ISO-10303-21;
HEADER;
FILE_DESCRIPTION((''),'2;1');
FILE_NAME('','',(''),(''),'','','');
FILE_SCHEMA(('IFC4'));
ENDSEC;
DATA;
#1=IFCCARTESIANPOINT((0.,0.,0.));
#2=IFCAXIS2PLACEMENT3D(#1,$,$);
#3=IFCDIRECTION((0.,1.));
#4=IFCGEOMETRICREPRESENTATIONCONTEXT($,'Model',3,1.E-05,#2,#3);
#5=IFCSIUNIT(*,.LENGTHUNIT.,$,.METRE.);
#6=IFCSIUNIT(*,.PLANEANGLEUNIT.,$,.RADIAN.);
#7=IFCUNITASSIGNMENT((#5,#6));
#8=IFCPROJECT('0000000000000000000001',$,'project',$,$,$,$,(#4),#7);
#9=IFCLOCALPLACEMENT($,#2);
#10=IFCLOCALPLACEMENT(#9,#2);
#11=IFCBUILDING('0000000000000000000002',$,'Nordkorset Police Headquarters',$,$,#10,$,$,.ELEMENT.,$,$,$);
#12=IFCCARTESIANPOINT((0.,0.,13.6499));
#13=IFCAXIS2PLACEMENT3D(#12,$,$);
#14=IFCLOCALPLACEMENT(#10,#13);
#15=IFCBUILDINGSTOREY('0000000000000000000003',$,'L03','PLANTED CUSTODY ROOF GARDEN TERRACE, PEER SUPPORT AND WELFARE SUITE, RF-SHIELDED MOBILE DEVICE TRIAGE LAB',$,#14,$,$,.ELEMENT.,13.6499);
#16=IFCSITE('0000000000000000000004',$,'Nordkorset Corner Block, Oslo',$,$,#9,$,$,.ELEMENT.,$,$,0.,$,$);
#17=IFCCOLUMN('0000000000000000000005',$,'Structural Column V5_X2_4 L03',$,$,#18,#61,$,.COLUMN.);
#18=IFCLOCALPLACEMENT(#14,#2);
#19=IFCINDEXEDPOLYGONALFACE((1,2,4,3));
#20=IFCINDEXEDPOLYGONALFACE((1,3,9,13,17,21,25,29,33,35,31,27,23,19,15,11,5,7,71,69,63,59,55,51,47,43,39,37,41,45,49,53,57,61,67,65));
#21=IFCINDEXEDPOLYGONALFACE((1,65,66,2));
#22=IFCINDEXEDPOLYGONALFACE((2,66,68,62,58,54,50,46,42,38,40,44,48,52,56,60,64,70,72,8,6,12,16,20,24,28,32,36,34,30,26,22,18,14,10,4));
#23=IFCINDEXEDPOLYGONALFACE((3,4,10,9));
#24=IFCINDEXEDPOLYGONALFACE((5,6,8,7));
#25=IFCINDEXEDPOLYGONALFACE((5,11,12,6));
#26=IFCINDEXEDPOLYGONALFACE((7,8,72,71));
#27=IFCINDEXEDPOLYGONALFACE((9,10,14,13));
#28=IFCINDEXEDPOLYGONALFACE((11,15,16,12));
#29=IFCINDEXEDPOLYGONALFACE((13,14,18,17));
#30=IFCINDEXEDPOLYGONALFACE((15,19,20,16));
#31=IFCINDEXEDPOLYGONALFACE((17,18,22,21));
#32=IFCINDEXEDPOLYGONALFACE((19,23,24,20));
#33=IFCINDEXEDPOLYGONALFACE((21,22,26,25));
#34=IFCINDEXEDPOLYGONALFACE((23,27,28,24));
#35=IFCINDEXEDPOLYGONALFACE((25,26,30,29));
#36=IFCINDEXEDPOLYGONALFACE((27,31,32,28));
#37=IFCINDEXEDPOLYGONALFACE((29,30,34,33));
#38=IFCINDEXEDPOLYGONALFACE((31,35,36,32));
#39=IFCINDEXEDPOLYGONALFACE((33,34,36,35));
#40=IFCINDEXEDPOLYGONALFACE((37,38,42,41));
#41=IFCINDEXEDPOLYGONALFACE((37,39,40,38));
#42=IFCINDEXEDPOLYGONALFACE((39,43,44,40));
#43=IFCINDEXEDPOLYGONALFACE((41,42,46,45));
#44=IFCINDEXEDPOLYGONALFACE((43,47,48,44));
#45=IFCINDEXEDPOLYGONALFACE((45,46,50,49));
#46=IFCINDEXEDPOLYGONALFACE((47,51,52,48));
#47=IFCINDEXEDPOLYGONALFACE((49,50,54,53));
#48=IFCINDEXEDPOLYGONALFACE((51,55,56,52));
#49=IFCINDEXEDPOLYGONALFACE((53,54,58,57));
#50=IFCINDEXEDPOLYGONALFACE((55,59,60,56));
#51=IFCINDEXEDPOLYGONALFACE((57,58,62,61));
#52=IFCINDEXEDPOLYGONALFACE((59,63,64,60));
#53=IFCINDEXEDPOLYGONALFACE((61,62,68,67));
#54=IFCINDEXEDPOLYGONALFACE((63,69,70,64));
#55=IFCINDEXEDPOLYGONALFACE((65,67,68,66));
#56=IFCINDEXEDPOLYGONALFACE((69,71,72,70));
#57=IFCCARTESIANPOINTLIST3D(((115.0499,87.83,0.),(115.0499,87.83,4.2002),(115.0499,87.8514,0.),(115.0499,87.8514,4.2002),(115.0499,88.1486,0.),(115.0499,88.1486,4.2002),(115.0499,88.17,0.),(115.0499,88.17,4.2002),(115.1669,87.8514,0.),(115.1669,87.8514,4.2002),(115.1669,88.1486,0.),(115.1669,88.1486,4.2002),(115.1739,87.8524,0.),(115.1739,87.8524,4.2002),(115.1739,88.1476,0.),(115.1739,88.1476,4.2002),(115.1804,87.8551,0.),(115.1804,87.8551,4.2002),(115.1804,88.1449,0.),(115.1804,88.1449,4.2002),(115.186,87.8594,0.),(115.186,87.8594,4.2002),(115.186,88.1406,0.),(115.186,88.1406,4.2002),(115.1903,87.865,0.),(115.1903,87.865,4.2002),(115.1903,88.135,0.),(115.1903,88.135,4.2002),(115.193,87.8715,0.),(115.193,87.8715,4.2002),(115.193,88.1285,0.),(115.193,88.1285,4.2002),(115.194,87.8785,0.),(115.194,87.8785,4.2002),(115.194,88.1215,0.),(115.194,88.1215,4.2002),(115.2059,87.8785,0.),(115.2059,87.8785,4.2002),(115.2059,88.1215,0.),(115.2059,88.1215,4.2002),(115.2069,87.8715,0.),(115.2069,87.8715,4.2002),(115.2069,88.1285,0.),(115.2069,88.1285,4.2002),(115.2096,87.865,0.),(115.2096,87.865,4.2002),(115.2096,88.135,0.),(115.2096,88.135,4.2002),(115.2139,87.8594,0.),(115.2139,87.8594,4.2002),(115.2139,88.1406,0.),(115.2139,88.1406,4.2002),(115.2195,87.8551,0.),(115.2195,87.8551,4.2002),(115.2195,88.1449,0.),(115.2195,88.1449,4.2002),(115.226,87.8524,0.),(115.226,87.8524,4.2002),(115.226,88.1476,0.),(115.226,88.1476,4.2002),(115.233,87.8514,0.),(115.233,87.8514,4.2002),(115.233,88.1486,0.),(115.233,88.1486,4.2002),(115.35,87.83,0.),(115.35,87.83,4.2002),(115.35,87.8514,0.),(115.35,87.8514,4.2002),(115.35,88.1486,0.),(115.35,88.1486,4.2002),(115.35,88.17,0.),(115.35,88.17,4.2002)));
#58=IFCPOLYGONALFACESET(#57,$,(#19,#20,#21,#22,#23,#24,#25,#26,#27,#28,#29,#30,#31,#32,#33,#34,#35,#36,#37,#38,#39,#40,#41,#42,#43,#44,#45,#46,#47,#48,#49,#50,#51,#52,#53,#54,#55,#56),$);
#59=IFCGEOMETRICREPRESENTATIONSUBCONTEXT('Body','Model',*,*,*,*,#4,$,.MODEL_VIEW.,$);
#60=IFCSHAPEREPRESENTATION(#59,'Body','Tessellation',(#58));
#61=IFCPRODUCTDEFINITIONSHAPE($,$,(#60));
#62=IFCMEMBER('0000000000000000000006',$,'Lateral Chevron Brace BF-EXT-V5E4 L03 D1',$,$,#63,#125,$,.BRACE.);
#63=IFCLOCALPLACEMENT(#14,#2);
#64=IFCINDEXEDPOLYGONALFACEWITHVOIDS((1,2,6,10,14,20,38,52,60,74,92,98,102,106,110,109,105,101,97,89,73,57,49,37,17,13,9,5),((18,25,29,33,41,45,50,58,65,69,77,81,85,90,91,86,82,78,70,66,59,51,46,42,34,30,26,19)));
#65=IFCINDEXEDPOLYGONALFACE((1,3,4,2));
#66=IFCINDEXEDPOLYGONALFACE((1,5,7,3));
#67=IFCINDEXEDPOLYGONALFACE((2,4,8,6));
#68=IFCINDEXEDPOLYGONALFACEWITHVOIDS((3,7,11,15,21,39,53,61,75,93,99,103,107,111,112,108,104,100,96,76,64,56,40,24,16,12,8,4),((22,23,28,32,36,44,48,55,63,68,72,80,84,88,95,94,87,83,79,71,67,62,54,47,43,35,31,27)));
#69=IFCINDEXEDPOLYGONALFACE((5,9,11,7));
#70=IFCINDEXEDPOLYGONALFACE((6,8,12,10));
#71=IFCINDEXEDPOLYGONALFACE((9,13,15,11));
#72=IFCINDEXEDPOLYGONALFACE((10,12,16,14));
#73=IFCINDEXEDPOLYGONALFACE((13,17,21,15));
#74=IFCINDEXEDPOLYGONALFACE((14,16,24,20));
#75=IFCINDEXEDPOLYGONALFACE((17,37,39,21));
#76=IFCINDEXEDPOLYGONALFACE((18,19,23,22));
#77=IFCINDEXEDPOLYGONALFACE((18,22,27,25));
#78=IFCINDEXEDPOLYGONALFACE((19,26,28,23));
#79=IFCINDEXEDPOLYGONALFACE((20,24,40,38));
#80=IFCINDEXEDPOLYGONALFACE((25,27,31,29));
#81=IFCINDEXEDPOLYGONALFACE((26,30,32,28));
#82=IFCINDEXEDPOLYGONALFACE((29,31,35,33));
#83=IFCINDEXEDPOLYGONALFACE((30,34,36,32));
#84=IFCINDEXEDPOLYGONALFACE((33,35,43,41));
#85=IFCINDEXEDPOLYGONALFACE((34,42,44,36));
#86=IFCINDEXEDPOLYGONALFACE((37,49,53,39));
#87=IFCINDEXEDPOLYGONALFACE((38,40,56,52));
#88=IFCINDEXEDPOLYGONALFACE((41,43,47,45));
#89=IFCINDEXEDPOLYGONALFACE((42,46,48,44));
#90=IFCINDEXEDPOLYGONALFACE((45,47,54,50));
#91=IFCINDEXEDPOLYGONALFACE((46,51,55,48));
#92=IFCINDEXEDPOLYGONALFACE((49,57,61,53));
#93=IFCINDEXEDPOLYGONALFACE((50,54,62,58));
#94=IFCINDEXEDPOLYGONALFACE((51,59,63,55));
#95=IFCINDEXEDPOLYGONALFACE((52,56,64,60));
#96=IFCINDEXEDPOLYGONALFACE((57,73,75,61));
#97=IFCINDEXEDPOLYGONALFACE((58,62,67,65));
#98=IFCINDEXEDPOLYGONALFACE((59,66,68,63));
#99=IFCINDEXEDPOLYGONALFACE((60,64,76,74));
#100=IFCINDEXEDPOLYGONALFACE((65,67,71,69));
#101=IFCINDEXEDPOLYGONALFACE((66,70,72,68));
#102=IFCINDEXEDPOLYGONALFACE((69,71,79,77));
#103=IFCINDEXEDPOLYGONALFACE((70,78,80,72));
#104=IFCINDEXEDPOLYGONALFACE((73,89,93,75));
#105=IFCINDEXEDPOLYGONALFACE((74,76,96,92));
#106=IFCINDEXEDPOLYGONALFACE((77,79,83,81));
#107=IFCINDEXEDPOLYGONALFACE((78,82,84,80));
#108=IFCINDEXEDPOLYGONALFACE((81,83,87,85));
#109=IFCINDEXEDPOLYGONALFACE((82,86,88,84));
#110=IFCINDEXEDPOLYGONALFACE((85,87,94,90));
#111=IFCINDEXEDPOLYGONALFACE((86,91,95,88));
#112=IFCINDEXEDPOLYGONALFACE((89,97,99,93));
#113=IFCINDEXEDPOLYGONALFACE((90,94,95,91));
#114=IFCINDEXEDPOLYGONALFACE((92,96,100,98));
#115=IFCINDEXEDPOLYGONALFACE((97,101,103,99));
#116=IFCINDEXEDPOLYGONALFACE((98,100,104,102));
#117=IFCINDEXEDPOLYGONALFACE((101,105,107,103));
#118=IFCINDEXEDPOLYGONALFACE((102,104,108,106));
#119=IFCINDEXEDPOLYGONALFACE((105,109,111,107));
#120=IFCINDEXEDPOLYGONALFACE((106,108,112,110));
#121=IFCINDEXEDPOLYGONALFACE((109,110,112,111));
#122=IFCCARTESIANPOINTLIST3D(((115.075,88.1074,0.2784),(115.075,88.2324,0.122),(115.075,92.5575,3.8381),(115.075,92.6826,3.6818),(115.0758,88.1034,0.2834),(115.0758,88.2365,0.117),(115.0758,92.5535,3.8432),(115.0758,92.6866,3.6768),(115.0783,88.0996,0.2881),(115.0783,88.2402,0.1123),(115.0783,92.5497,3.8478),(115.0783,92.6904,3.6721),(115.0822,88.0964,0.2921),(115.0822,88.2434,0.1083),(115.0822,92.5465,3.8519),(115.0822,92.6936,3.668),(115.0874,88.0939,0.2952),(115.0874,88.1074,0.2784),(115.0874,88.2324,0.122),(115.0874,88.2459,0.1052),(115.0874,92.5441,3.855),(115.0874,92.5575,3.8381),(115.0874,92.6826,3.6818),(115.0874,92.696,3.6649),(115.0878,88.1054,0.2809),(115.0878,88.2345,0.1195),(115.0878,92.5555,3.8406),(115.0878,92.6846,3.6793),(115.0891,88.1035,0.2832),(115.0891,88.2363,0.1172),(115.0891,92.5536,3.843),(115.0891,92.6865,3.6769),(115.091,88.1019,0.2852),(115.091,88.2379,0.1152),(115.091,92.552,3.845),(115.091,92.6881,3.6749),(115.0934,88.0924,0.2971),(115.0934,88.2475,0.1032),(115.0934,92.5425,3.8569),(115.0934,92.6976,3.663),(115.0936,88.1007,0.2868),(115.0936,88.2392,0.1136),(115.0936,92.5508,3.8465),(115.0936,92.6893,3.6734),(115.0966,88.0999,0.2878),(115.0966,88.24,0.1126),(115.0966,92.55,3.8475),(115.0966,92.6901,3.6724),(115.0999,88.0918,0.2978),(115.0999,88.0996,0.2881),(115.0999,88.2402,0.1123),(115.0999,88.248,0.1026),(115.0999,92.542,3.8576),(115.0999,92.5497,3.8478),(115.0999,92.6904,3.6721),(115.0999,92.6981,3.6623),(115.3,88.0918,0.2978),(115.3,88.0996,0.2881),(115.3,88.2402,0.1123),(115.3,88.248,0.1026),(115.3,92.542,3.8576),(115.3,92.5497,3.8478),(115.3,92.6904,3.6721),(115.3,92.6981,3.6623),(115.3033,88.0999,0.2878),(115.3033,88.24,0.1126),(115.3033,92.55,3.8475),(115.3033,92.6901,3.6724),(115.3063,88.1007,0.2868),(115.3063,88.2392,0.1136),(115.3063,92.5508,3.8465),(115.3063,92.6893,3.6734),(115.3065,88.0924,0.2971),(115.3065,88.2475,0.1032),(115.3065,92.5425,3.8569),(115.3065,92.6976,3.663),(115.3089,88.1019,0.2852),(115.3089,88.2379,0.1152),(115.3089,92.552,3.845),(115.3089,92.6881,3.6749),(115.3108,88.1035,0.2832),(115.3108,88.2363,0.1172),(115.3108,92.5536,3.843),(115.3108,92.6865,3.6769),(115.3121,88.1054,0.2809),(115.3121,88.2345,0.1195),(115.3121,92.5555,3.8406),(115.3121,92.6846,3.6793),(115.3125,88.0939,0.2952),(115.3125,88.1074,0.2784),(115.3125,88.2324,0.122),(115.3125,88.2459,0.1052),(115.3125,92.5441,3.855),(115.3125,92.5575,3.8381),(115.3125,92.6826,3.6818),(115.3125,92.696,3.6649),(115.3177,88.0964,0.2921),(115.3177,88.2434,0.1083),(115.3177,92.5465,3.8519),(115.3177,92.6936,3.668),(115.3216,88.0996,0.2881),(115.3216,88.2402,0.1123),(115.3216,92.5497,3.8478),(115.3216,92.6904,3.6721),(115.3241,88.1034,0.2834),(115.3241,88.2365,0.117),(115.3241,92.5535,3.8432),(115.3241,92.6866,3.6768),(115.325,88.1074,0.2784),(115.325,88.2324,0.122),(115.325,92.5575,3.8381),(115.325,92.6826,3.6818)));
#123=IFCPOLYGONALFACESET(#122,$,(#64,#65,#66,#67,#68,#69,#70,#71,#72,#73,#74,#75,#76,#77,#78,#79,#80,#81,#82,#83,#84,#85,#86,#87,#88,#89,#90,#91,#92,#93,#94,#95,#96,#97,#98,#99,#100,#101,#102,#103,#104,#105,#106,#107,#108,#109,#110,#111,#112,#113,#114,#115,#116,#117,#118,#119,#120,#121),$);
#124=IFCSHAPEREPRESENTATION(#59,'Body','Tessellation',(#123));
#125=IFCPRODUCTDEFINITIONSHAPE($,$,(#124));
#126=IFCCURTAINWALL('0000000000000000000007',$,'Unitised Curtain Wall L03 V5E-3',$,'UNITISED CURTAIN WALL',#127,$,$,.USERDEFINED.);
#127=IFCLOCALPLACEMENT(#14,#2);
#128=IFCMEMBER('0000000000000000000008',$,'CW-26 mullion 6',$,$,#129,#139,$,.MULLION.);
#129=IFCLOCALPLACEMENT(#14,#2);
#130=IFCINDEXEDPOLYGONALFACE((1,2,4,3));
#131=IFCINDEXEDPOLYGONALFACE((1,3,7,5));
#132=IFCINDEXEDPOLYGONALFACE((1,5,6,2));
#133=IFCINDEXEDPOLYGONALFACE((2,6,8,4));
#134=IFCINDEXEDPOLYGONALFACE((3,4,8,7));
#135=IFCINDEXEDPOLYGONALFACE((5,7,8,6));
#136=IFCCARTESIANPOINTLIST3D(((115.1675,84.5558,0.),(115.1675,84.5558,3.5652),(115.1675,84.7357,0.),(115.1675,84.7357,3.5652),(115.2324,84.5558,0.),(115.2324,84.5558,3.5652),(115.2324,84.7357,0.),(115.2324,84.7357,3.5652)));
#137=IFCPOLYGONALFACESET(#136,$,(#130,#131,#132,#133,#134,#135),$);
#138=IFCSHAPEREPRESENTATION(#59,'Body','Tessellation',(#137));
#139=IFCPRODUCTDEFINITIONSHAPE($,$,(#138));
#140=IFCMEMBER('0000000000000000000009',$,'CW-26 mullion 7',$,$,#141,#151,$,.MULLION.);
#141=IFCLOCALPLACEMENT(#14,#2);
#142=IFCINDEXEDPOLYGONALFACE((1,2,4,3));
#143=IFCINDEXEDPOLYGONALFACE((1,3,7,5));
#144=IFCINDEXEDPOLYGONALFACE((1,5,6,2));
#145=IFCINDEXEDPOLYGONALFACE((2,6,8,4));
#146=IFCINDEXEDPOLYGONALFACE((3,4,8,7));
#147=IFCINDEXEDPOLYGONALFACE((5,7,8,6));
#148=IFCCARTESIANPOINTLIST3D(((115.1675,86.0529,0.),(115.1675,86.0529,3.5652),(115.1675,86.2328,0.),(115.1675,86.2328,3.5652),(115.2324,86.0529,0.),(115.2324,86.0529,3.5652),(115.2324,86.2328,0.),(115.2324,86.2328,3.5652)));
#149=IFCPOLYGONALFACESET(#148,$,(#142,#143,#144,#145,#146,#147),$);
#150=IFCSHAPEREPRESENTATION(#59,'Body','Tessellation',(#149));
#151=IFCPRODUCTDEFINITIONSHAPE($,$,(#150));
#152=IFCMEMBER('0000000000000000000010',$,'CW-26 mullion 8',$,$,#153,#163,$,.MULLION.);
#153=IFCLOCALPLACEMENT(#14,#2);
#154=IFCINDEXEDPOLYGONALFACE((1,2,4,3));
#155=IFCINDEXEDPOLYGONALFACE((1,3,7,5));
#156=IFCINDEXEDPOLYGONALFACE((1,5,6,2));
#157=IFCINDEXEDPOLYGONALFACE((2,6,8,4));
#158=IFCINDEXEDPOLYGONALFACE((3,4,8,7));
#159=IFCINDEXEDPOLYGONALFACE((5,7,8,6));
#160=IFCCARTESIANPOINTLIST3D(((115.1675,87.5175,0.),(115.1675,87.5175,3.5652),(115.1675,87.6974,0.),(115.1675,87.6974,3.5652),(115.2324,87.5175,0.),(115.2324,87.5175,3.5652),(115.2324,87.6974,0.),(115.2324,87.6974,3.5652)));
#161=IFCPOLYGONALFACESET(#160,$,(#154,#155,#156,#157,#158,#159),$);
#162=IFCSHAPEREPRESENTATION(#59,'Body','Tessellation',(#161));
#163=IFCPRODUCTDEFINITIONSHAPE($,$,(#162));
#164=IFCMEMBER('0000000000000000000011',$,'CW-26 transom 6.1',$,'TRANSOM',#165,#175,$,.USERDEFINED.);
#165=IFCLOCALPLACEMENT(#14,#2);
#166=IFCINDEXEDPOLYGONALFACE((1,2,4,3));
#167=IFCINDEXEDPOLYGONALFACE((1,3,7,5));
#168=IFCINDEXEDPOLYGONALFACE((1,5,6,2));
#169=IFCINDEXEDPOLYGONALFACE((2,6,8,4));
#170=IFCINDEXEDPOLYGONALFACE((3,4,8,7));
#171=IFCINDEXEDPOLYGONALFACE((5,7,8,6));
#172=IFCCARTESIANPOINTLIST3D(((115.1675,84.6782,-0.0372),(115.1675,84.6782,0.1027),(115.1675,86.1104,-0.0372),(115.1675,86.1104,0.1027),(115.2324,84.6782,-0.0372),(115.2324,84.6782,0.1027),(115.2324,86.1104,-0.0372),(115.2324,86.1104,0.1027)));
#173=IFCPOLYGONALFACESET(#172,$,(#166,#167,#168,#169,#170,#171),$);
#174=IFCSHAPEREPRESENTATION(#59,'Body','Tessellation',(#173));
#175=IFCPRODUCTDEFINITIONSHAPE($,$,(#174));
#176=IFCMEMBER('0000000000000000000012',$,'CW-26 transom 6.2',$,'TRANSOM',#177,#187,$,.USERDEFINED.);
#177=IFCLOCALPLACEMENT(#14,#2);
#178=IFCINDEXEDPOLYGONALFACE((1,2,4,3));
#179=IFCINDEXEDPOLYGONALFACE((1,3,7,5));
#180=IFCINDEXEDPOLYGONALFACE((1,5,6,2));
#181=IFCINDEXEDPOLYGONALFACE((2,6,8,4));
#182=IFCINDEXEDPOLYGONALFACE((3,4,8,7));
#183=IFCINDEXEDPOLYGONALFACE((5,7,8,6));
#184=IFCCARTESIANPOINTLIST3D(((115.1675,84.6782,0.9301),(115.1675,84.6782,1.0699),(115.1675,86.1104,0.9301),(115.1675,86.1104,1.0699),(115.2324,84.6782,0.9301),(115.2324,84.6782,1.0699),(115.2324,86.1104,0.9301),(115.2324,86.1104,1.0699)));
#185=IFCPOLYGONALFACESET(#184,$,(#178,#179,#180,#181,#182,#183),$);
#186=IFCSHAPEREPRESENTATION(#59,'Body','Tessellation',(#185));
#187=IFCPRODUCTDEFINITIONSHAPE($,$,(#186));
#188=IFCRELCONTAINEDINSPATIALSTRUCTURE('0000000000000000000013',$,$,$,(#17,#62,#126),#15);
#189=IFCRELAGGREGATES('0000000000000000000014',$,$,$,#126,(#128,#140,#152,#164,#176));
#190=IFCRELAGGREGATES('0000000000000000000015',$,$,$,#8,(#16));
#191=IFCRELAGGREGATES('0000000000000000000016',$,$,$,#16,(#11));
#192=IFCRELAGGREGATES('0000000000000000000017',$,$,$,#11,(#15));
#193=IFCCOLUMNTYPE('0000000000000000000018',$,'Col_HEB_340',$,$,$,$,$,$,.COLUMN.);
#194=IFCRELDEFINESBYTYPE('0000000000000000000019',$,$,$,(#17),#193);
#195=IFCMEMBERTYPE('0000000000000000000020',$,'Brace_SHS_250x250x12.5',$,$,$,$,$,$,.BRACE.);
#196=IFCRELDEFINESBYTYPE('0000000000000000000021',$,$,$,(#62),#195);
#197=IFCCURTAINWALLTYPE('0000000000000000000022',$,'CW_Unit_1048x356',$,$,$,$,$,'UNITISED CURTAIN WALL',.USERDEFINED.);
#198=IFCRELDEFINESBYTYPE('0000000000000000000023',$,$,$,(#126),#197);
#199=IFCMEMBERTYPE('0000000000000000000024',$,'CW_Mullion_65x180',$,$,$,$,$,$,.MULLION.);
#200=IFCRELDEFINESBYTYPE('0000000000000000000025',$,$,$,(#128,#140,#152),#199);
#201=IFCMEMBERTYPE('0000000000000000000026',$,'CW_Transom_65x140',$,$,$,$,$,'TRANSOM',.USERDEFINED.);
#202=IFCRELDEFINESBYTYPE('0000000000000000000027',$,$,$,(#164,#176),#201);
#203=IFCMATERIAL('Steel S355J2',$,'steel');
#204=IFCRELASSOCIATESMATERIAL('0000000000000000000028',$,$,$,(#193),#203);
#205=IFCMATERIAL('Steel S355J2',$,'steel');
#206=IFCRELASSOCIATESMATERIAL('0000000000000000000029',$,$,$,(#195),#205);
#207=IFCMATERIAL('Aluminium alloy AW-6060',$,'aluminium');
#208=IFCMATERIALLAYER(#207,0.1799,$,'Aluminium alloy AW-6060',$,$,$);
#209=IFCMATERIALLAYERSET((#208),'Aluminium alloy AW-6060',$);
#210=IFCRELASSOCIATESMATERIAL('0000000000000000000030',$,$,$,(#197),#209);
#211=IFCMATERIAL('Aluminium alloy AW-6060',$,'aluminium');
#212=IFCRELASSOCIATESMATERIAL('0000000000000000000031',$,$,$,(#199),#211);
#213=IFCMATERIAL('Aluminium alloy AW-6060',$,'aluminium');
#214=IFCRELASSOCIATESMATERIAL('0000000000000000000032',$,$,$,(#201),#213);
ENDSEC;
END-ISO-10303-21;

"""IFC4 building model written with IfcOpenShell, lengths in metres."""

from ifc_helpers import new_model, si_unit, direction, frame, origin, origin_2d, place, context, subcontext, project, spatial, rectangle, hollow_rectangle, i_section, extrude, material, layer, layer_set, material_profile, profile_set, type_object, element, aggregate, save


model = new_model("IFC4")

# Units and contexts
model_context = context("Model", 3, precision=1e-05, world=origin(), true_north=direction((0.0, 1.0)))
body_context = subcontext(model_context, "Body", "Model", "MODEL_VIEW")
ifc_project = project(units=[si_unit("LENGTHUNIT", "METRE"), si_unit("PLANEANGLEUNIT", "RADIAN")], contexts=[model_context])

# Site, building, storey
site_placement = place(None, origin())
site = spatial("IfcSite", under=ifc_project, at=site_placement, Name="Nordkorset Corner Block, Oslo", CompositionType="ELEMENT", RefElevation=0.0)
building_placement = place(site_placement, origin())
building = spatial("IfcBuilding", under=site, at=building_placement, Name="Nordkorset Police Headquarters", CompositionType="ELEMENT")
storey_placement = place(building_placement, frame((0.0, 0.0, 13.6499)))
storey = spatial("IfcBuildingStorey", under=building, at=storey_placement, Name="L03", Description="PLANTED CUSTODY ROOF GARDEN TERRACE, PEER SUPPORT AND WELFARE SUITE, RF-SHIELDED MOBILE DEVICE TRIAGE LAB", CompositionType="ELEMENT", Elevation=13.6499)

# Column
ifc_material_1 = material(Name="Steel S355J2", Category="steel")
ifc_material_profile_1 = material_profile(ifc_material_1, i_section(OverallWidth=0.3, OverallDepth=0.3401, WebThickness=0.012, FlangeThickness=0.0215, FilletRadius=0.0271, at=origin_2d()), Name="HEB 340")
ifc_profile_set_1 = profile_set([ifc_material_profile_1], Name="Steel S355J2")
column_type = type_object("IfcColumnType", Name="Col_HEB_340", PredefinedType="COLUMN", material=ifc_profile_set_1)
column_placement = place(storey_placement, frame((115.2, 88.0, 0.0), z_axis=(0.0, 0.0, 1.0), x_axis=(1.0, 0.0, 0.0)))
element("IfcColumn", 1, at=column_placement, inside=storey, type_object=column_type, Name="Structural Column V5_X2_4 L03", PredefinedType="COLUMN", context=body_context, shape_type="SweptSolid", body=[
    extrude(i_section(OverallWidth=0.3, OverallDepth=0.3401, WebThickness=0.012, FlangeThickness=0.0215, FilletRadius=0.0271, at=origin_2d()), origin(), (0.0, 0.0, 1.0), 4.2002),
])

# Member
ifc_material_2 = material(Name="Steel S355J2", Category="steel")
ifc_material_profile_2 = material_profile(ifc_material_2, hollow_rectangle(XDim=0.25, YDim=0.25, WallThickness=0.0125, InnerFilletRadius=0.0125, OuterFilletRadius=0.0249, at=origin_2d()), Name="SHS 250x250x12.5")
ifc_profile_set_2 = profile_set([ifc_material_profile_2], Name="Steel S355J2")
member_type_1 = type_object("IfcMemberType", Name="Brace_SHS_250x250x12.5", PredefinedType="BRACE", material=ifc_profile_set_2)
member_1_placement = place(storey_placement, frame((115.2, 88.1699, 0.2002), z_axis=(0.0, 0.780898, 0.624658), x_axis=(-1.0, 0.0, 0.0)))
element("IfcMember", 2, at=member_1_placement, inside=storey, type_object=member_type_1, Name="Lateral Chevron Brace BF-EXT-V5E4 L03 D1", PredefinedType="BRACE", context=body_context, shape_type="SweptSolid", body=[
    extrude(hollow_rectangle(XDim=0.25, YDim=0.25, WallThickness=0.0125, InnerFilletRadius=0.0125, OuterFilletRadius=0.0249, at=origin_2d()), origin(), (0.0, 0.0, 1.0), 5.6987),
])

# Curtain wall, members
ifc_material_3 = material(Name="Aluminium alloy AW-6060", Category="aluminium")
ifc_layer_1 = layer(ifc_material_3, 0.1799, Name="Aluminium alloy AW-6060")
ifc_layer_set_1 = layer_set([ifc_layer_1], Name="Aluminium alloy AW-6060")
curtain_wall_type = type_object("IfcCurtainWallType", Name="CW_Unit_1048x356", ElementType="UNITISED CURTAIN WALL", PredefinedType="USERDEFINED", material=ifc_layer_set_1)
curtain_wall_placement = place(storey_placement, origin())
curtain_wall = element("IfcCurtainWall", 3, at=curtain_wall_placement, inside=storey, type_object=curtain_wall_type, Name="Unitised Curtain Wall L03 V5E-3", ObjectType="UNITISED CURTAIN WALL", PredefinedType="USERDEFINED")
ifc_material_4 = material(Name="Aluminium alloy AW-6060", Category="aluminium")
ifc_material_profile_3 = material_profile(ifc_material_4, rectangle(XDim=0.0649, YDim=0.1799, at=origin_2d()), Name="ALU MULL 65x180")
ifc_profile_set_3 = profile_set([ifc_material_profile_3], Name="Aluminium alloy AW-6060")
member_type_2 = type_object("IfcMemberType", Name="CW_Mullion_65x180", PredefinedType="MULLION", material=ifc_profile_set_3)
member_2_placement = place(storey_placement, frame((115.2, 84.6458, 0.0), z_axis=(0.0, 0.0, 1.0), x_axis=(-1.0, 0.0, 0.0)))
member_2 = element("IfcMember", 4, at=member_2_placement, type_object=member_type_2, Name="CW-26 mullion 6", PredefinedType="MULLION", context=body_context, shape_type="SweptSolid", body=[
    extrude(rectangle(XDim=0.0649, YDim=0.1799, at=origin_2d()), origin(), (0.0, 0.0, 1.0), 3.5652),
])
member_3_placement = place(storey_placement, frame((115.2, 86.1428, 0.0), z_axis=(0.0, 0.0, 1.0), x_axis=(-1.0, 0.0, 0.0)))
member_3 = element("IfcMember", 5, at=member_3_placement, type_object=member_type_2, Name="CW-26 mullion 7", PredefinedType="MULLION", context=body_context, shape_type="SweptSolid", body=[
    extrude(rectangle(XDim=0.0649, YDim=0.1799, at=origin_2d()), origin(), (0.0, 0.0, 1.0), 3.5652),
])
member_4_placement = place(storey_placement, frame((115.2, 87.6074, 0.0), z_axis=(0.0, 0.0, 1.0), x_axis=(-1.0, 0.0, 0.0)))
member_4 = element("IfcMember", 6, at=member_4_placement, type_object=member_type_2, Name="CW-26 mullion 8", PredefinedType="MULLION", context=body_context, shape_type="SweptSolid", body=[
    extrude(rectangle(XDim=0.0649, YDim=0.1799, at=origin_2d()), origin(), (0.0, 0.0, 1.0), 3.5652),
])
ifc_material_5 = material(Name="Aluminium alloy AW-6060", Category="aluminium")
ifc_material_profile_4 = material_profile(ifc_material_5, rectangle(XDim=0.0649, YDim=0.1399, at=origin_2d()), Name="ALU TRAN 65x140")
ifc_profile_set_4 = profile_set([ifc_material_profile_4], Name="Aluminium alloy AW-6060")
member_type_3 = type_object("IfcMemberType", Name="CW_Transom_65x140", ElementType="TRANSOM", PredefinedType="USERDEFINED", material=ifc_profile_set_4)
member_5_placement = place(storey_placement, frame((115.2, 84.6782, 0.0327), z_axis=(0.0, 1.0, 0.0), x_axis=(-1.0, 0.0, 0.0)))
member_5 = element("IfcMember", 7, at=member_5_placement, type_object=member_type_3, Name="CW-26 transom 6.1", ObjectType="TRANSOM", PredefinedType="USERDEFINED", context=body_context, shape_type="SweptSolid", body=[
    extrude(rectangle(XDim=0.0649, YDim=0.1399, at=origin_2d()), origin(), (0.0, 0.0, 1.0), 1.4321),
])
member_6_placement = place(storey_placement, frame((115.2, 84.6782, 1.0), z_axis=(0.0, 1.0, 0.0), x_axis=(-1.0, 0.0, 0.0)))
member_6 = element("IfcMember", 8, at=member_6_placement, type_object=member_type_3, Name="CW-26 transom 6.2", ObjectType="TRANSOM", PredefinedType="USERDEFINED", context=body_context, shape_type="SweptSolid", body=[
    extrude(rectangle(XDim=0.0649, YDim=0.1399, at=origin_2d()), origin(), (0.0, 0.0, 1.0), 1.4321),
])

aggregate(curtain_wall, [member_2, member_3, member_4, member_5, member_6])

save(model, "model.ifc")
